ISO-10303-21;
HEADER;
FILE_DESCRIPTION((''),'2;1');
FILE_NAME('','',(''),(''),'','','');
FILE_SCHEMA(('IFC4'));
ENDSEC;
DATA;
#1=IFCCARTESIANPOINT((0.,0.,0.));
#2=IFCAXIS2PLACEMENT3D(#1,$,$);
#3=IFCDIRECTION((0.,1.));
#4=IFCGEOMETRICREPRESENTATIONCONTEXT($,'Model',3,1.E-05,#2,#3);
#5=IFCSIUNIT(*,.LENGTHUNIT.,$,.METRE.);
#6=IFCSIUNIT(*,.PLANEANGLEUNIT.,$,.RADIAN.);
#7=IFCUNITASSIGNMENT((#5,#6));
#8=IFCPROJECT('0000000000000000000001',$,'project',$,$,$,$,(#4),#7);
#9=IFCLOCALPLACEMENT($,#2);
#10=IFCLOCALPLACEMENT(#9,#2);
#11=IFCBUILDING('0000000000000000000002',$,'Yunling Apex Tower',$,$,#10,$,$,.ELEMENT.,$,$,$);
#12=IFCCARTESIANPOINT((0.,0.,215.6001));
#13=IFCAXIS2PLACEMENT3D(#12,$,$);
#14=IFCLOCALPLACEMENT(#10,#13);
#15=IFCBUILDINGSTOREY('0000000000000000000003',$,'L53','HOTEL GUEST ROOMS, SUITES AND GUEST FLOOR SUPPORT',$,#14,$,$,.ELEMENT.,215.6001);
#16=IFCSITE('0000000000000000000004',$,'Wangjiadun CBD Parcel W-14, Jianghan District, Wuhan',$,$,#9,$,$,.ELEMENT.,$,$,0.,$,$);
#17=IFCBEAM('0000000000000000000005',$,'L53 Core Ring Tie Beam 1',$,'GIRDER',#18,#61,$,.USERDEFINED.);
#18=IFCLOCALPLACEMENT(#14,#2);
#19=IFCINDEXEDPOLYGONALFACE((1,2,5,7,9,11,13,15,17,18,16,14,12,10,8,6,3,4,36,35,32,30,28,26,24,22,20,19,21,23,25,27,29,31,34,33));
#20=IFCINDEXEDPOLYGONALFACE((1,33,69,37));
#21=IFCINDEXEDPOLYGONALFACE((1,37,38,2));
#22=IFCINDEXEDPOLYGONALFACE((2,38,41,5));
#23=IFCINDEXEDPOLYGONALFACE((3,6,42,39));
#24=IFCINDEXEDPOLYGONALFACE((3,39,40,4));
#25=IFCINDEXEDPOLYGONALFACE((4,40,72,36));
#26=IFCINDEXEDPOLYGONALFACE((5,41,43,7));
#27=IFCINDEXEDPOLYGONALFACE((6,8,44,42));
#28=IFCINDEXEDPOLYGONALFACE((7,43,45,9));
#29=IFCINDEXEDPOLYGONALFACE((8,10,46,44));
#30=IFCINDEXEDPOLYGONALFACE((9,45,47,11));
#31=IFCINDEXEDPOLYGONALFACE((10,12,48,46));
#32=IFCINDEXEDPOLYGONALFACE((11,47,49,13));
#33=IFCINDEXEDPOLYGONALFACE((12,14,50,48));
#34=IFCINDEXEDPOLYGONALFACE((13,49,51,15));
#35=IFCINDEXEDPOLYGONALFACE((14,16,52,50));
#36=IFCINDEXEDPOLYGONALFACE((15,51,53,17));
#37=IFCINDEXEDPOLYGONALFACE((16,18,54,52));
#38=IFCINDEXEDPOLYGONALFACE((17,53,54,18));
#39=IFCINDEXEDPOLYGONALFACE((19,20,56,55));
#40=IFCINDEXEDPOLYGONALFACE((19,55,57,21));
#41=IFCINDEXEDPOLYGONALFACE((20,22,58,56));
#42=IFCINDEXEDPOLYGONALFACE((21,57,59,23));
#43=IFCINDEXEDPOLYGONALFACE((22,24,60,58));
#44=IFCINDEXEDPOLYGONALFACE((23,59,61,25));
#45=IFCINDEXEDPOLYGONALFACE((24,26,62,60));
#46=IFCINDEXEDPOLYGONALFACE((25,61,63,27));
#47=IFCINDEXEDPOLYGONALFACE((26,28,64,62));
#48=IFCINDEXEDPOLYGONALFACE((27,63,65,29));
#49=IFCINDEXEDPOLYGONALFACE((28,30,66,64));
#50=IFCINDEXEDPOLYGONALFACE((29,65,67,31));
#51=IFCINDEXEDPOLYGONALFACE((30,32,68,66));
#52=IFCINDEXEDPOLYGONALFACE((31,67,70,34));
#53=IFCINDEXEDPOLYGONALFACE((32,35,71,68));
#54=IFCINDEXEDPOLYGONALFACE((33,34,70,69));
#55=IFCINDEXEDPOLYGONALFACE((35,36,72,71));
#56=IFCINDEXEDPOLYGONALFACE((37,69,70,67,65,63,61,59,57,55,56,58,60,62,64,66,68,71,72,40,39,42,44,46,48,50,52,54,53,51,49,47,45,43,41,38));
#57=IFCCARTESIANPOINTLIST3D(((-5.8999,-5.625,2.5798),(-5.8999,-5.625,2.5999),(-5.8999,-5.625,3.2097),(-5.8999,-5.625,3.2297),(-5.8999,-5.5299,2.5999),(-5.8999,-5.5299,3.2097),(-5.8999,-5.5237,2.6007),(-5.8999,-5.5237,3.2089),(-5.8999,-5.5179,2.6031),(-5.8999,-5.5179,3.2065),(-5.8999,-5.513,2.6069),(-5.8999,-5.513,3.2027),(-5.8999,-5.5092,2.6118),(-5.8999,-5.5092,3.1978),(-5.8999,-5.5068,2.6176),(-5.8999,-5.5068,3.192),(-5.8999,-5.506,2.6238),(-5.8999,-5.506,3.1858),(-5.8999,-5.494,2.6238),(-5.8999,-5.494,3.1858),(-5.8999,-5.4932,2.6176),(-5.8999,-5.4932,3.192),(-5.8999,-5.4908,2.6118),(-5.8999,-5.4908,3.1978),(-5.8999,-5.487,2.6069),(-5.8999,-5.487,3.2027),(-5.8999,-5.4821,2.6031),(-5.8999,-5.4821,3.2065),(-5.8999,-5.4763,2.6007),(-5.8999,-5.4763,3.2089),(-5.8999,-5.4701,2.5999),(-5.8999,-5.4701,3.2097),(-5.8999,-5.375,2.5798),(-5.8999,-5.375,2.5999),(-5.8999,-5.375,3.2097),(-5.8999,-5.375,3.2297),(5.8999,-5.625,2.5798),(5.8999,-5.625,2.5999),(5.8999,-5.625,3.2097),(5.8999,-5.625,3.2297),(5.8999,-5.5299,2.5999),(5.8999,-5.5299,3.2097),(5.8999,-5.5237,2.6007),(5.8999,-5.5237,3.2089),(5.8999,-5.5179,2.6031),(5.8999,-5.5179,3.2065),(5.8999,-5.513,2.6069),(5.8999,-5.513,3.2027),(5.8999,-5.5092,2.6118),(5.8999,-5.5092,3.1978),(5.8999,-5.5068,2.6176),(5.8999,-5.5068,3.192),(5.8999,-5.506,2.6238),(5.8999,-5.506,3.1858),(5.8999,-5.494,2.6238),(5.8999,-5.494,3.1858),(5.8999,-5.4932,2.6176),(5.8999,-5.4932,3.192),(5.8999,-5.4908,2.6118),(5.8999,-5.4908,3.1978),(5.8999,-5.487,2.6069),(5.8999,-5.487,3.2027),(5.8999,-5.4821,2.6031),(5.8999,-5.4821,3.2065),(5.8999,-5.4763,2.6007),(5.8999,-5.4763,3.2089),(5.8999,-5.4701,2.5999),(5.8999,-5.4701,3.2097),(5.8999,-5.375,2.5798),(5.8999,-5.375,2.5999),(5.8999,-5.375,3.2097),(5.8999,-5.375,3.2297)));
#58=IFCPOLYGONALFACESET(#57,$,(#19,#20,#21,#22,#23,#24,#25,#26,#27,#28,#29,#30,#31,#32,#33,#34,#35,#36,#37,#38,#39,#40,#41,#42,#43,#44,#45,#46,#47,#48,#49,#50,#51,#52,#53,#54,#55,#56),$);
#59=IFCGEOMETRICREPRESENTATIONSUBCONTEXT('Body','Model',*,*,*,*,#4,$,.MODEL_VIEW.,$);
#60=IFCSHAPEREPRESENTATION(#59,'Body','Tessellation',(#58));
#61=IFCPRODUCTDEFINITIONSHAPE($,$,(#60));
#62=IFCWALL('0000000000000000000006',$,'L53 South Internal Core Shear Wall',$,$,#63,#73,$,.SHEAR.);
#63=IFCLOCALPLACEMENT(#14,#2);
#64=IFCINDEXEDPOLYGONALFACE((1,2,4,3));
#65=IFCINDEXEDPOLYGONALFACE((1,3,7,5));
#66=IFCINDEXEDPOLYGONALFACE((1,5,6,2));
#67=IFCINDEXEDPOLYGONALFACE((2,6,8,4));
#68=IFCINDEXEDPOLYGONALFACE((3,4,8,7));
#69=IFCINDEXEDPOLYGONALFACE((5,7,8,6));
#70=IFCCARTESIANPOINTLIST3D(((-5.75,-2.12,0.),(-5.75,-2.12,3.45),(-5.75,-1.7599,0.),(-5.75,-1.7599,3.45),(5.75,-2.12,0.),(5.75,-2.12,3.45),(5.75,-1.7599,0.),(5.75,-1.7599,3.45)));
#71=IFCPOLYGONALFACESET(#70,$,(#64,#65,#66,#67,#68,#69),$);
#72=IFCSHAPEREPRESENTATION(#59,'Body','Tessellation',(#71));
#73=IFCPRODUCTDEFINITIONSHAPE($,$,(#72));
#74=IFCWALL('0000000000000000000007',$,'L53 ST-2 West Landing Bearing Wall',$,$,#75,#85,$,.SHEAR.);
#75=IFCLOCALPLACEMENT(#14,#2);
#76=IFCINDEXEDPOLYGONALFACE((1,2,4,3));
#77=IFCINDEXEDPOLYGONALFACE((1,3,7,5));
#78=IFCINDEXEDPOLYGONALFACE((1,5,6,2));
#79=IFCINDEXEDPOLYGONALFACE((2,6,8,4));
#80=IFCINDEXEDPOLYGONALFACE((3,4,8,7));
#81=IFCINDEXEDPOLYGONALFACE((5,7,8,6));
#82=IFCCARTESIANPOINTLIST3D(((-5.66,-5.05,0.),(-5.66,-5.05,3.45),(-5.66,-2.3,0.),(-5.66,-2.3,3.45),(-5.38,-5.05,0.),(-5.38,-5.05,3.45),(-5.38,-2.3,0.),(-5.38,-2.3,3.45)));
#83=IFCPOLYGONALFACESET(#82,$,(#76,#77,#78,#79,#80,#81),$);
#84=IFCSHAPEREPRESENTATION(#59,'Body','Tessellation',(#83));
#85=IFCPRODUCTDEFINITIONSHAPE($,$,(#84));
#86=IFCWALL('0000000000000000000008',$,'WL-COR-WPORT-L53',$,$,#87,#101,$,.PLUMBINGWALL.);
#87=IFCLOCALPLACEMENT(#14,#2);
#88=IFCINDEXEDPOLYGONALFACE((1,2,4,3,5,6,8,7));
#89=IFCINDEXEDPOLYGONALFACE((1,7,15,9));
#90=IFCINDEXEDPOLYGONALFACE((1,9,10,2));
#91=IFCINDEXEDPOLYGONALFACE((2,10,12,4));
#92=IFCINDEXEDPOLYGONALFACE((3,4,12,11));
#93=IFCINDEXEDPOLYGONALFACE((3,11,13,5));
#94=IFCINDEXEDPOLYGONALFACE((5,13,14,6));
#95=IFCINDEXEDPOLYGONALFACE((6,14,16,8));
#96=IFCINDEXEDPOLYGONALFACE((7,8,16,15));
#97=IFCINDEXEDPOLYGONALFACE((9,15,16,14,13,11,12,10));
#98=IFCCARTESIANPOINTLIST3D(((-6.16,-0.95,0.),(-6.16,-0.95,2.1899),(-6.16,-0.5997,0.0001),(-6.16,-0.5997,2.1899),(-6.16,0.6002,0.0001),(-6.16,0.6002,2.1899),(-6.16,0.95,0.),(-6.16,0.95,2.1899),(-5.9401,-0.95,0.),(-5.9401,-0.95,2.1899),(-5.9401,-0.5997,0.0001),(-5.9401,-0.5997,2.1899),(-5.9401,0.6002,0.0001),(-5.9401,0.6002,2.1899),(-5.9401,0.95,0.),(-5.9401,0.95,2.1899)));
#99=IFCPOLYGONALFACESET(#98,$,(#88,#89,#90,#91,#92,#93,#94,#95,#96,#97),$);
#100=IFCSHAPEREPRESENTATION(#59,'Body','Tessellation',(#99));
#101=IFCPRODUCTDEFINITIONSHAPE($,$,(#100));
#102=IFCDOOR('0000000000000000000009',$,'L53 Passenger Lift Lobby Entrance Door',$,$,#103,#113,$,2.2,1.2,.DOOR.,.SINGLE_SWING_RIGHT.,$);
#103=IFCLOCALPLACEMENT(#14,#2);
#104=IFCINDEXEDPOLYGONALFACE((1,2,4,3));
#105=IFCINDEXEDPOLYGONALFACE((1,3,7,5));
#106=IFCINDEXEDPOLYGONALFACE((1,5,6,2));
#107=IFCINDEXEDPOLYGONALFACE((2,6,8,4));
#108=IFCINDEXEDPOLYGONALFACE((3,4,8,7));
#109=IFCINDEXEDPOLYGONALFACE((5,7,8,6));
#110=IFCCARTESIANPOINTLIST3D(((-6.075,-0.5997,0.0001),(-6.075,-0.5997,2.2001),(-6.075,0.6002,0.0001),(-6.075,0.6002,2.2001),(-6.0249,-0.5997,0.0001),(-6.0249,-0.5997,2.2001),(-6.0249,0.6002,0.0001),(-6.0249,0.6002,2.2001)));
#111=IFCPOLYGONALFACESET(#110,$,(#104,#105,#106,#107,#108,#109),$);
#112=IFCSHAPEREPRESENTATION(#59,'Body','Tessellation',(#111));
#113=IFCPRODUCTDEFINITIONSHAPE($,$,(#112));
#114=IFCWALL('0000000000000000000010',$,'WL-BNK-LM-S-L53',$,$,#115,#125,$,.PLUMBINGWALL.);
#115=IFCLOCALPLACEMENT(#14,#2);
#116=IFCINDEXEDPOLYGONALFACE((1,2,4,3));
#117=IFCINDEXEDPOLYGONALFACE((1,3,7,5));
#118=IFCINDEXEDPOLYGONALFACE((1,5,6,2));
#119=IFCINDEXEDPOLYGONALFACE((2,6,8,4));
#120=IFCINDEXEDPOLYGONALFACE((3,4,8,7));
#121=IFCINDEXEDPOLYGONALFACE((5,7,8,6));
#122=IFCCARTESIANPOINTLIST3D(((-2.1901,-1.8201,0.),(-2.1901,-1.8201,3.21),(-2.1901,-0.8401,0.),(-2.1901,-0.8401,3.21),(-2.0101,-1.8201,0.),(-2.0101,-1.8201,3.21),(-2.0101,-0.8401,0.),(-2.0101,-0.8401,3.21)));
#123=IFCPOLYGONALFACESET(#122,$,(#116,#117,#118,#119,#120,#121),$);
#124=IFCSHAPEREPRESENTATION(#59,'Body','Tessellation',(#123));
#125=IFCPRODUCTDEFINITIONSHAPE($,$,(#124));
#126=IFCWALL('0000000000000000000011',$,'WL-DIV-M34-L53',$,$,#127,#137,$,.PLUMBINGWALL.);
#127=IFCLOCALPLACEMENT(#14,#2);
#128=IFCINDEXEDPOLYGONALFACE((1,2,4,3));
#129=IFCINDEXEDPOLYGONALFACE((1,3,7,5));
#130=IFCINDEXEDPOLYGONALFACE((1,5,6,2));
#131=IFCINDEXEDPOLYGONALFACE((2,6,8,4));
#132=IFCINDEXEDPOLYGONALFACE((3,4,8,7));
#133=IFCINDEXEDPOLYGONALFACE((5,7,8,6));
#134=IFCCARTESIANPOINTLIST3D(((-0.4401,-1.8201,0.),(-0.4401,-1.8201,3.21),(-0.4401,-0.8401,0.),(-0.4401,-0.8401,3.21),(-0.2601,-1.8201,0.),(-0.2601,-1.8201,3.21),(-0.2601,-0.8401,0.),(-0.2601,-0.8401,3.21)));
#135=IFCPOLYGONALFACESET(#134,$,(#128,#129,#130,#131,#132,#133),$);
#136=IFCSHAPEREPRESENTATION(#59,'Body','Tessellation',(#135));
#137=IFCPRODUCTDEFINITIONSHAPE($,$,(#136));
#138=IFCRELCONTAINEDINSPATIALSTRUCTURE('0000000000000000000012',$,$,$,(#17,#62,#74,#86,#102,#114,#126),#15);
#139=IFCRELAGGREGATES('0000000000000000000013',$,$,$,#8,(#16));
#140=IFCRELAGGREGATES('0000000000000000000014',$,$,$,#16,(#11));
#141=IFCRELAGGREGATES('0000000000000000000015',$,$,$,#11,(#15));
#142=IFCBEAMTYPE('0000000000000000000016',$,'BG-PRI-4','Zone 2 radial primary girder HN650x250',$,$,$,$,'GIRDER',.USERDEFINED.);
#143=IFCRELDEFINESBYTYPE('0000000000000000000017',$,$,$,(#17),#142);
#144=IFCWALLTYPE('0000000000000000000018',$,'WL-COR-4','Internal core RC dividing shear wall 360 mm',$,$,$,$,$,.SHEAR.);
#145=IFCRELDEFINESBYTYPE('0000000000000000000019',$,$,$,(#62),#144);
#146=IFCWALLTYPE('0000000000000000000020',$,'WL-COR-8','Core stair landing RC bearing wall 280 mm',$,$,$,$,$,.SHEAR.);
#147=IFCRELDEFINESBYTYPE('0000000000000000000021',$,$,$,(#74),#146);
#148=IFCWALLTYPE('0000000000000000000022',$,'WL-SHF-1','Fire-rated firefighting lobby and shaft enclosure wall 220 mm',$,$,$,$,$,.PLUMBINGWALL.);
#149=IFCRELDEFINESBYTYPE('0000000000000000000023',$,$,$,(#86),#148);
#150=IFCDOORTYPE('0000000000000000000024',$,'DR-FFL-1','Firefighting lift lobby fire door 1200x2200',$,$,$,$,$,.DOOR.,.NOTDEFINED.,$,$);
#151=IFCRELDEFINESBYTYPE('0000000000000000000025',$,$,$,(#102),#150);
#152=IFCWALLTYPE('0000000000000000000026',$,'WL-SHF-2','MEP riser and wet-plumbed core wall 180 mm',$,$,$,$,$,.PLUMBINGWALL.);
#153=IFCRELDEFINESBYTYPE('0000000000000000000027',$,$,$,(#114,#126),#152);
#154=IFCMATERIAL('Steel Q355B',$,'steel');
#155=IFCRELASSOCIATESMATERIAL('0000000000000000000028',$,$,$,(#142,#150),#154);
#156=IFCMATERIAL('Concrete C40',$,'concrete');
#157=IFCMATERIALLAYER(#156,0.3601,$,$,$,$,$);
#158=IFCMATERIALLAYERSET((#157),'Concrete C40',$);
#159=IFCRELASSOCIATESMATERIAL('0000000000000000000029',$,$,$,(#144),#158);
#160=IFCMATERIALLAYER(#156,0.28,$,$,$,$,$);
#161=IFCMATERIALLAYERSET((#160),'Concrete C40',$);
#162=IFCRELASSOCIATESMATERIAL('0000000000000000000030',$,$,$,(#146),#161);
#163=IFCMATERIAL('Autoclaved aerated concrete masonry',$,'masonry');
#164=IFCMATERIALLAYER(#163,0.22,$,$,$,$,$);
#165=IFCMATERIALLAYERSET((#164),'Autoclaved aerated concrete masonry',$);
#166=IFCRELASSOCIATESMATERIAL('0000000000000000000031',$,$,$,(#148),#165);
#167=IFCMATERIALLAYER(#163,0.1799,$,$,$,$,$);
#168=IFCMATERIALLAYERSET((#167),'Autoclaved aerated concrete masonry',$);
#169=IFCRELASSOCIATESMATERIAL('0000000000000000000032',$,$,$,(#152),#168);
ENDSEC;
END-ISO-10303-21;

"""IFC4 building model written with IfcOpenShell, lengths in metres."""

from ifc_helpers import new_model, si_unit, direction, frame, frame_2d, origin, origin_2d, place, context, subcontext, project, spatial, rectangle, i_section, extrude, source, transform, mapped, material, layer, layer_set, material_profile, profile_set, type_object, element, fill, save


model = new_model("IFC4")

# Units and contexts
model_context = context("Model", 3, precision=1e-05, world=origin(), true_north=direction((0.0, 1.0)))
body_context = subcontext(model_context, "Body", "Model", "MODEL_VIEW")
ifc_project = project(units=[si_unit("LENGTHUNIT", "METRE"), si_unit("PLANEANGLEUNIT", "RADIAN")], contexts=[model_context])

# Site, building, storey
site_placement = place(None, origin())
site = spatial("IfcSite", under=ifc_project, at=site_placement, Name="Wangjiadun CBD Parcel W-14, Jianghan District, Wuhan", CompositionType="ELEMENT", RefElevation=0.0)
building_placement = place(site_placement, origin())
building = spatial("IfcBuilding", under=site, at=building_placement, Name="Yunling Apex Tower", CompositionType="ELEMENT")
storey_placement = place(building_placement, frame((0.0, 0.0, 215.6001)))
storey = spatial("IfcBuildingStorey", under=building, at=storey_placement, Name="L53", Description="HOTEL GUEST ROOMS, SUITES AND GUEST FLOOR SUPPORT", CompositionType="ELEMENT", Elevation=215.6001)

# Beam
ifc_material_1 = material(Name="Steel Q355B", Category="steel")
ifc_material_profile_1 = material_profile(ifc_material_1, i_section(OverallWidth=0.25, OverallDepth=0.6499, WebThickness=0.012, FlangeThickness=0.02, FilletRadius=0.0239, at=origin_2d()))
ifc_profile_set_1 = profile_set([ifc_material_profile_1], Name="Steel Q355B")
beam_type_1 = type_object("IfcBeamType", Name="BG-PRI-4", Description="Zone 2 radial primary girder HN650x250", ElementType="GIRDER", PredefinedType="USERDEFINED", material=ifc_profile_set_1)
shared_shape_1 = source(origin(), body_context, "Body", "SweptSolid", [
    extrude(i_section(OverallWidth=0.25, OverallDepth=0.6499, WebThickness=0.012, FlangeThickness=0.02, FilletRadius=0.0239, at=origin_2d()), origin(), (0.0, 0.0, 1.0), 11.7998),
])
beam_1_placement = place(storey_placement, frame((-5.8999, -5.5, 2.9048), z_axis=(1.0, 0.0, 0.0), x_axis=(0.0, 1.0, 0.0)))
element("IfcBeam", 1, at=beam_1_placement, inside=storey, type_object=beam_type_1, Name="L53 Core Ring Tie Beam 1", ObjectType="GIRDER", PredefinedType="USERDEFINED", context=body_context, shape_type="MappedRepresentation", body=[
    mapped(shared_shape_1, transform((0.0, 0.0, 0.0), scale=1.0)),
])

# Walls
ifc_material_2 = material(Name="Concrete C40", Category="concrete")
ifc_layer_1 = layer(ifc_material_2, 0.3601)
ifc_layer_set_1 = layer_set([ifc_layer_1], Name="Concrete C40")
wall_type_1 = type_object("IfcWallType", Name="WL-COR-4", Description="Internal core RC dividing shear wall 360 mm", PredefinedType="SHEAR", material=ifc_layer_set_1)
wall_1_placement = place(storey_placement, frame((-5.75, -1.9399, 0.0), z_axis=(0.0, 0.0, 1.0), x_axis=(1.0, 0.0, 0.0)))
element("IfcWall", 2, at=wall_1_placement, inside=storey, type_object=wall_type_1, Name="L53 South Internal Core Shear Wall", PredefinedType="SHEAR", context=body_context, shape_type="SweptSolid", body=[
    extrude(rectangle(XDim=11.5, YDim=0.3601, at=frame_2d((5.75, 0.0))), origin(), (0.0, 0.0, 1.0), 3.45),
])
ifc_layer_2 = layer(ifc_material_2, 0.28)
ifc_layer_set_2 = layer_set([ifc_layer_2], Name="Concrete C40")
wall_type_2 = type_object("IfcWallType", Name="WL-COR-8", Description="Core stair landing RC bearing wall 280 mm", PredefinedType="SHEAR", material=ifc_layer_set_2)
wall_2_placement = place(storey_placement, frame((-5.52, -5.05, 0.0), z_axis=(0.0, 0.0, 1.0), x_axis=(0.0, 1.0, 0.0)))
element("IfcWall", 3, at=wall_2_placement, inside=storey, type_object=wall_type_2, Name="L53 ST-2 West Landing Bearing Wall", PredefinedType="SHEAR", context=body_context, shape_type="SweptSolid", body=[
    extrude(rectangle(XDim=2.75, YDim=0.28, at=frame_2d((1.375, 0.0))), origin(), (0.0, 0.0, 1.0), 3.45),
])

# Wall, opening, door
ifc_material_3 = material(Name="Autoclaved aerated concrete masonry", Category="masonry")
ifc_layer_3 = layer(ifc_material_3, 0.22)
ifc_layer_set_3 = layer_set([ifc_layer_3], Name="Autoclaved aerated concrete masonry")
wall_type_3 = type_object("IfcWallType", Name="WL-SHF-1", Description="Fire-rated firefighting lobby and shaft enclosure wall 220 mm", PredefinedType="PLUMBINGWALL", material=ifc_layer_set_3)
wall_3_placement = place(storey_placement, frame((-6.05, -0.95, 0.0), z_axis=(0.0, 0.0, 1.0), x_axis=(0.0, 1.0, 0.0)))
wall_3 = element("IfcWall", 4, at=wall_3_placement, inside=storey, type_object=wall_type_3, Name="WL-COR-WPORT-L53", PredefinedType="PLUMBINGWALL", context=body_context, shape_type="SweptSolid", body=[
    extrude(rectangle(XDim=1.8999, YDim=0.22, at=frame_2d((0.95, 0.0))), origin(), (0.0, 0.0, 1.0), 2.1899),
])
opening_1_placement = place(wall_3_placement, frame((0.3501, 0.0, 0.0)))
opening_1 = element("IfcOpeningElement", 5, at=opening_1_placement, cuts=wall_3, PredefinedType="OPENING", context=body_context, shape_type="SweptSolid", body=[
    extrude(rectangle(XDim=1.2, YDim=2.2, at=frame_2d((0.6001, 1.1001))), frame((0.0, 0.1201, 0.0), z_axis=(0.0, -1.0, 0.0), x_axis=(1.0, 0.0, 0.0)), (0.0, 0.0, 1.0), 0.24),
])
door_type_1 = type_object("IfcDoorType", Name="DR-FFL-1", Description="Firefighting lift lobby fire door 1200x2200", OperationType="NOTDEFINED", PredefinedType="DOOR", material=ifc_material_1)
door_1_placement = place(opening_1_placement, origin())
door_1 = element("IfcDoor", 6, at=door_1_placement, inside=storey, type_object=door_type_1, Name="L53 Passenger Lift Lobby Entrance Door", OperationType="SINGLE_SWING_RIGHT", OverallHeight=2.2, OverallWidth=1.2, PredefinedType="DOOR", context=body_context, shape_type="SweptSolid", body=[
    extrude(rectangle(XDim=1.2, YDim=2.2, at=frame_2d((0.6001, 1.1001))), frame((0.0, 0.0249, 0.0), z_axis=(0.0, -1.0, 0.0), x_axis=(1.0, 0.0, 0.0)), (0.0, 0.0, 1.0), 0.05),
])
fill(opening_1, door_1)

# Walls
ifc_layer_4 = layer(ifc_material_3, 0.1799)
ifc_layer_set_4 = layer_set([ifc_layer_4], Name="Autoclaved aerated concrete masonry")
wall_type_4 = type_object("IfcWallType", Name="WL-SHF-2", Description="MEP riser and wet-plumbed core wall 180 mm", PredefinedType="PLUMBINGWALL", material=ifc_layer_set_4)
for number, where, z_axis, x_axis, name in (
    (7, (-2.1001, -1.8201, 0.0), (0.0, 0.0, 1.0), (0.0, 1.0, 0.0), "WL-BNK-LM-S-L53"),
    (8, (-0.3501, -1.8201, 0.0), (0.0, 0.0, 1.0), (0.0, 1.0, 0.0), "WL-DIV-M34-L53"),
):
    element("IfcWall", number, at=place(storey_placement, frame(where, z_axis=z_axis, x_axis=x_axis)), inside=storey, type_object=wall_type_4, Name=name, PredefinedType="PLUMBINGWALL", context=body_context, shape_type="SweptSolid", body=[
        extrude(rectangle(XDim=0.98, YDim=0.1799, at=frame_2d((0.49, 0.0))), origin(), (0.0, 0.0, 1.0), 3.21),
    ])

save(model, "model.ifc")
